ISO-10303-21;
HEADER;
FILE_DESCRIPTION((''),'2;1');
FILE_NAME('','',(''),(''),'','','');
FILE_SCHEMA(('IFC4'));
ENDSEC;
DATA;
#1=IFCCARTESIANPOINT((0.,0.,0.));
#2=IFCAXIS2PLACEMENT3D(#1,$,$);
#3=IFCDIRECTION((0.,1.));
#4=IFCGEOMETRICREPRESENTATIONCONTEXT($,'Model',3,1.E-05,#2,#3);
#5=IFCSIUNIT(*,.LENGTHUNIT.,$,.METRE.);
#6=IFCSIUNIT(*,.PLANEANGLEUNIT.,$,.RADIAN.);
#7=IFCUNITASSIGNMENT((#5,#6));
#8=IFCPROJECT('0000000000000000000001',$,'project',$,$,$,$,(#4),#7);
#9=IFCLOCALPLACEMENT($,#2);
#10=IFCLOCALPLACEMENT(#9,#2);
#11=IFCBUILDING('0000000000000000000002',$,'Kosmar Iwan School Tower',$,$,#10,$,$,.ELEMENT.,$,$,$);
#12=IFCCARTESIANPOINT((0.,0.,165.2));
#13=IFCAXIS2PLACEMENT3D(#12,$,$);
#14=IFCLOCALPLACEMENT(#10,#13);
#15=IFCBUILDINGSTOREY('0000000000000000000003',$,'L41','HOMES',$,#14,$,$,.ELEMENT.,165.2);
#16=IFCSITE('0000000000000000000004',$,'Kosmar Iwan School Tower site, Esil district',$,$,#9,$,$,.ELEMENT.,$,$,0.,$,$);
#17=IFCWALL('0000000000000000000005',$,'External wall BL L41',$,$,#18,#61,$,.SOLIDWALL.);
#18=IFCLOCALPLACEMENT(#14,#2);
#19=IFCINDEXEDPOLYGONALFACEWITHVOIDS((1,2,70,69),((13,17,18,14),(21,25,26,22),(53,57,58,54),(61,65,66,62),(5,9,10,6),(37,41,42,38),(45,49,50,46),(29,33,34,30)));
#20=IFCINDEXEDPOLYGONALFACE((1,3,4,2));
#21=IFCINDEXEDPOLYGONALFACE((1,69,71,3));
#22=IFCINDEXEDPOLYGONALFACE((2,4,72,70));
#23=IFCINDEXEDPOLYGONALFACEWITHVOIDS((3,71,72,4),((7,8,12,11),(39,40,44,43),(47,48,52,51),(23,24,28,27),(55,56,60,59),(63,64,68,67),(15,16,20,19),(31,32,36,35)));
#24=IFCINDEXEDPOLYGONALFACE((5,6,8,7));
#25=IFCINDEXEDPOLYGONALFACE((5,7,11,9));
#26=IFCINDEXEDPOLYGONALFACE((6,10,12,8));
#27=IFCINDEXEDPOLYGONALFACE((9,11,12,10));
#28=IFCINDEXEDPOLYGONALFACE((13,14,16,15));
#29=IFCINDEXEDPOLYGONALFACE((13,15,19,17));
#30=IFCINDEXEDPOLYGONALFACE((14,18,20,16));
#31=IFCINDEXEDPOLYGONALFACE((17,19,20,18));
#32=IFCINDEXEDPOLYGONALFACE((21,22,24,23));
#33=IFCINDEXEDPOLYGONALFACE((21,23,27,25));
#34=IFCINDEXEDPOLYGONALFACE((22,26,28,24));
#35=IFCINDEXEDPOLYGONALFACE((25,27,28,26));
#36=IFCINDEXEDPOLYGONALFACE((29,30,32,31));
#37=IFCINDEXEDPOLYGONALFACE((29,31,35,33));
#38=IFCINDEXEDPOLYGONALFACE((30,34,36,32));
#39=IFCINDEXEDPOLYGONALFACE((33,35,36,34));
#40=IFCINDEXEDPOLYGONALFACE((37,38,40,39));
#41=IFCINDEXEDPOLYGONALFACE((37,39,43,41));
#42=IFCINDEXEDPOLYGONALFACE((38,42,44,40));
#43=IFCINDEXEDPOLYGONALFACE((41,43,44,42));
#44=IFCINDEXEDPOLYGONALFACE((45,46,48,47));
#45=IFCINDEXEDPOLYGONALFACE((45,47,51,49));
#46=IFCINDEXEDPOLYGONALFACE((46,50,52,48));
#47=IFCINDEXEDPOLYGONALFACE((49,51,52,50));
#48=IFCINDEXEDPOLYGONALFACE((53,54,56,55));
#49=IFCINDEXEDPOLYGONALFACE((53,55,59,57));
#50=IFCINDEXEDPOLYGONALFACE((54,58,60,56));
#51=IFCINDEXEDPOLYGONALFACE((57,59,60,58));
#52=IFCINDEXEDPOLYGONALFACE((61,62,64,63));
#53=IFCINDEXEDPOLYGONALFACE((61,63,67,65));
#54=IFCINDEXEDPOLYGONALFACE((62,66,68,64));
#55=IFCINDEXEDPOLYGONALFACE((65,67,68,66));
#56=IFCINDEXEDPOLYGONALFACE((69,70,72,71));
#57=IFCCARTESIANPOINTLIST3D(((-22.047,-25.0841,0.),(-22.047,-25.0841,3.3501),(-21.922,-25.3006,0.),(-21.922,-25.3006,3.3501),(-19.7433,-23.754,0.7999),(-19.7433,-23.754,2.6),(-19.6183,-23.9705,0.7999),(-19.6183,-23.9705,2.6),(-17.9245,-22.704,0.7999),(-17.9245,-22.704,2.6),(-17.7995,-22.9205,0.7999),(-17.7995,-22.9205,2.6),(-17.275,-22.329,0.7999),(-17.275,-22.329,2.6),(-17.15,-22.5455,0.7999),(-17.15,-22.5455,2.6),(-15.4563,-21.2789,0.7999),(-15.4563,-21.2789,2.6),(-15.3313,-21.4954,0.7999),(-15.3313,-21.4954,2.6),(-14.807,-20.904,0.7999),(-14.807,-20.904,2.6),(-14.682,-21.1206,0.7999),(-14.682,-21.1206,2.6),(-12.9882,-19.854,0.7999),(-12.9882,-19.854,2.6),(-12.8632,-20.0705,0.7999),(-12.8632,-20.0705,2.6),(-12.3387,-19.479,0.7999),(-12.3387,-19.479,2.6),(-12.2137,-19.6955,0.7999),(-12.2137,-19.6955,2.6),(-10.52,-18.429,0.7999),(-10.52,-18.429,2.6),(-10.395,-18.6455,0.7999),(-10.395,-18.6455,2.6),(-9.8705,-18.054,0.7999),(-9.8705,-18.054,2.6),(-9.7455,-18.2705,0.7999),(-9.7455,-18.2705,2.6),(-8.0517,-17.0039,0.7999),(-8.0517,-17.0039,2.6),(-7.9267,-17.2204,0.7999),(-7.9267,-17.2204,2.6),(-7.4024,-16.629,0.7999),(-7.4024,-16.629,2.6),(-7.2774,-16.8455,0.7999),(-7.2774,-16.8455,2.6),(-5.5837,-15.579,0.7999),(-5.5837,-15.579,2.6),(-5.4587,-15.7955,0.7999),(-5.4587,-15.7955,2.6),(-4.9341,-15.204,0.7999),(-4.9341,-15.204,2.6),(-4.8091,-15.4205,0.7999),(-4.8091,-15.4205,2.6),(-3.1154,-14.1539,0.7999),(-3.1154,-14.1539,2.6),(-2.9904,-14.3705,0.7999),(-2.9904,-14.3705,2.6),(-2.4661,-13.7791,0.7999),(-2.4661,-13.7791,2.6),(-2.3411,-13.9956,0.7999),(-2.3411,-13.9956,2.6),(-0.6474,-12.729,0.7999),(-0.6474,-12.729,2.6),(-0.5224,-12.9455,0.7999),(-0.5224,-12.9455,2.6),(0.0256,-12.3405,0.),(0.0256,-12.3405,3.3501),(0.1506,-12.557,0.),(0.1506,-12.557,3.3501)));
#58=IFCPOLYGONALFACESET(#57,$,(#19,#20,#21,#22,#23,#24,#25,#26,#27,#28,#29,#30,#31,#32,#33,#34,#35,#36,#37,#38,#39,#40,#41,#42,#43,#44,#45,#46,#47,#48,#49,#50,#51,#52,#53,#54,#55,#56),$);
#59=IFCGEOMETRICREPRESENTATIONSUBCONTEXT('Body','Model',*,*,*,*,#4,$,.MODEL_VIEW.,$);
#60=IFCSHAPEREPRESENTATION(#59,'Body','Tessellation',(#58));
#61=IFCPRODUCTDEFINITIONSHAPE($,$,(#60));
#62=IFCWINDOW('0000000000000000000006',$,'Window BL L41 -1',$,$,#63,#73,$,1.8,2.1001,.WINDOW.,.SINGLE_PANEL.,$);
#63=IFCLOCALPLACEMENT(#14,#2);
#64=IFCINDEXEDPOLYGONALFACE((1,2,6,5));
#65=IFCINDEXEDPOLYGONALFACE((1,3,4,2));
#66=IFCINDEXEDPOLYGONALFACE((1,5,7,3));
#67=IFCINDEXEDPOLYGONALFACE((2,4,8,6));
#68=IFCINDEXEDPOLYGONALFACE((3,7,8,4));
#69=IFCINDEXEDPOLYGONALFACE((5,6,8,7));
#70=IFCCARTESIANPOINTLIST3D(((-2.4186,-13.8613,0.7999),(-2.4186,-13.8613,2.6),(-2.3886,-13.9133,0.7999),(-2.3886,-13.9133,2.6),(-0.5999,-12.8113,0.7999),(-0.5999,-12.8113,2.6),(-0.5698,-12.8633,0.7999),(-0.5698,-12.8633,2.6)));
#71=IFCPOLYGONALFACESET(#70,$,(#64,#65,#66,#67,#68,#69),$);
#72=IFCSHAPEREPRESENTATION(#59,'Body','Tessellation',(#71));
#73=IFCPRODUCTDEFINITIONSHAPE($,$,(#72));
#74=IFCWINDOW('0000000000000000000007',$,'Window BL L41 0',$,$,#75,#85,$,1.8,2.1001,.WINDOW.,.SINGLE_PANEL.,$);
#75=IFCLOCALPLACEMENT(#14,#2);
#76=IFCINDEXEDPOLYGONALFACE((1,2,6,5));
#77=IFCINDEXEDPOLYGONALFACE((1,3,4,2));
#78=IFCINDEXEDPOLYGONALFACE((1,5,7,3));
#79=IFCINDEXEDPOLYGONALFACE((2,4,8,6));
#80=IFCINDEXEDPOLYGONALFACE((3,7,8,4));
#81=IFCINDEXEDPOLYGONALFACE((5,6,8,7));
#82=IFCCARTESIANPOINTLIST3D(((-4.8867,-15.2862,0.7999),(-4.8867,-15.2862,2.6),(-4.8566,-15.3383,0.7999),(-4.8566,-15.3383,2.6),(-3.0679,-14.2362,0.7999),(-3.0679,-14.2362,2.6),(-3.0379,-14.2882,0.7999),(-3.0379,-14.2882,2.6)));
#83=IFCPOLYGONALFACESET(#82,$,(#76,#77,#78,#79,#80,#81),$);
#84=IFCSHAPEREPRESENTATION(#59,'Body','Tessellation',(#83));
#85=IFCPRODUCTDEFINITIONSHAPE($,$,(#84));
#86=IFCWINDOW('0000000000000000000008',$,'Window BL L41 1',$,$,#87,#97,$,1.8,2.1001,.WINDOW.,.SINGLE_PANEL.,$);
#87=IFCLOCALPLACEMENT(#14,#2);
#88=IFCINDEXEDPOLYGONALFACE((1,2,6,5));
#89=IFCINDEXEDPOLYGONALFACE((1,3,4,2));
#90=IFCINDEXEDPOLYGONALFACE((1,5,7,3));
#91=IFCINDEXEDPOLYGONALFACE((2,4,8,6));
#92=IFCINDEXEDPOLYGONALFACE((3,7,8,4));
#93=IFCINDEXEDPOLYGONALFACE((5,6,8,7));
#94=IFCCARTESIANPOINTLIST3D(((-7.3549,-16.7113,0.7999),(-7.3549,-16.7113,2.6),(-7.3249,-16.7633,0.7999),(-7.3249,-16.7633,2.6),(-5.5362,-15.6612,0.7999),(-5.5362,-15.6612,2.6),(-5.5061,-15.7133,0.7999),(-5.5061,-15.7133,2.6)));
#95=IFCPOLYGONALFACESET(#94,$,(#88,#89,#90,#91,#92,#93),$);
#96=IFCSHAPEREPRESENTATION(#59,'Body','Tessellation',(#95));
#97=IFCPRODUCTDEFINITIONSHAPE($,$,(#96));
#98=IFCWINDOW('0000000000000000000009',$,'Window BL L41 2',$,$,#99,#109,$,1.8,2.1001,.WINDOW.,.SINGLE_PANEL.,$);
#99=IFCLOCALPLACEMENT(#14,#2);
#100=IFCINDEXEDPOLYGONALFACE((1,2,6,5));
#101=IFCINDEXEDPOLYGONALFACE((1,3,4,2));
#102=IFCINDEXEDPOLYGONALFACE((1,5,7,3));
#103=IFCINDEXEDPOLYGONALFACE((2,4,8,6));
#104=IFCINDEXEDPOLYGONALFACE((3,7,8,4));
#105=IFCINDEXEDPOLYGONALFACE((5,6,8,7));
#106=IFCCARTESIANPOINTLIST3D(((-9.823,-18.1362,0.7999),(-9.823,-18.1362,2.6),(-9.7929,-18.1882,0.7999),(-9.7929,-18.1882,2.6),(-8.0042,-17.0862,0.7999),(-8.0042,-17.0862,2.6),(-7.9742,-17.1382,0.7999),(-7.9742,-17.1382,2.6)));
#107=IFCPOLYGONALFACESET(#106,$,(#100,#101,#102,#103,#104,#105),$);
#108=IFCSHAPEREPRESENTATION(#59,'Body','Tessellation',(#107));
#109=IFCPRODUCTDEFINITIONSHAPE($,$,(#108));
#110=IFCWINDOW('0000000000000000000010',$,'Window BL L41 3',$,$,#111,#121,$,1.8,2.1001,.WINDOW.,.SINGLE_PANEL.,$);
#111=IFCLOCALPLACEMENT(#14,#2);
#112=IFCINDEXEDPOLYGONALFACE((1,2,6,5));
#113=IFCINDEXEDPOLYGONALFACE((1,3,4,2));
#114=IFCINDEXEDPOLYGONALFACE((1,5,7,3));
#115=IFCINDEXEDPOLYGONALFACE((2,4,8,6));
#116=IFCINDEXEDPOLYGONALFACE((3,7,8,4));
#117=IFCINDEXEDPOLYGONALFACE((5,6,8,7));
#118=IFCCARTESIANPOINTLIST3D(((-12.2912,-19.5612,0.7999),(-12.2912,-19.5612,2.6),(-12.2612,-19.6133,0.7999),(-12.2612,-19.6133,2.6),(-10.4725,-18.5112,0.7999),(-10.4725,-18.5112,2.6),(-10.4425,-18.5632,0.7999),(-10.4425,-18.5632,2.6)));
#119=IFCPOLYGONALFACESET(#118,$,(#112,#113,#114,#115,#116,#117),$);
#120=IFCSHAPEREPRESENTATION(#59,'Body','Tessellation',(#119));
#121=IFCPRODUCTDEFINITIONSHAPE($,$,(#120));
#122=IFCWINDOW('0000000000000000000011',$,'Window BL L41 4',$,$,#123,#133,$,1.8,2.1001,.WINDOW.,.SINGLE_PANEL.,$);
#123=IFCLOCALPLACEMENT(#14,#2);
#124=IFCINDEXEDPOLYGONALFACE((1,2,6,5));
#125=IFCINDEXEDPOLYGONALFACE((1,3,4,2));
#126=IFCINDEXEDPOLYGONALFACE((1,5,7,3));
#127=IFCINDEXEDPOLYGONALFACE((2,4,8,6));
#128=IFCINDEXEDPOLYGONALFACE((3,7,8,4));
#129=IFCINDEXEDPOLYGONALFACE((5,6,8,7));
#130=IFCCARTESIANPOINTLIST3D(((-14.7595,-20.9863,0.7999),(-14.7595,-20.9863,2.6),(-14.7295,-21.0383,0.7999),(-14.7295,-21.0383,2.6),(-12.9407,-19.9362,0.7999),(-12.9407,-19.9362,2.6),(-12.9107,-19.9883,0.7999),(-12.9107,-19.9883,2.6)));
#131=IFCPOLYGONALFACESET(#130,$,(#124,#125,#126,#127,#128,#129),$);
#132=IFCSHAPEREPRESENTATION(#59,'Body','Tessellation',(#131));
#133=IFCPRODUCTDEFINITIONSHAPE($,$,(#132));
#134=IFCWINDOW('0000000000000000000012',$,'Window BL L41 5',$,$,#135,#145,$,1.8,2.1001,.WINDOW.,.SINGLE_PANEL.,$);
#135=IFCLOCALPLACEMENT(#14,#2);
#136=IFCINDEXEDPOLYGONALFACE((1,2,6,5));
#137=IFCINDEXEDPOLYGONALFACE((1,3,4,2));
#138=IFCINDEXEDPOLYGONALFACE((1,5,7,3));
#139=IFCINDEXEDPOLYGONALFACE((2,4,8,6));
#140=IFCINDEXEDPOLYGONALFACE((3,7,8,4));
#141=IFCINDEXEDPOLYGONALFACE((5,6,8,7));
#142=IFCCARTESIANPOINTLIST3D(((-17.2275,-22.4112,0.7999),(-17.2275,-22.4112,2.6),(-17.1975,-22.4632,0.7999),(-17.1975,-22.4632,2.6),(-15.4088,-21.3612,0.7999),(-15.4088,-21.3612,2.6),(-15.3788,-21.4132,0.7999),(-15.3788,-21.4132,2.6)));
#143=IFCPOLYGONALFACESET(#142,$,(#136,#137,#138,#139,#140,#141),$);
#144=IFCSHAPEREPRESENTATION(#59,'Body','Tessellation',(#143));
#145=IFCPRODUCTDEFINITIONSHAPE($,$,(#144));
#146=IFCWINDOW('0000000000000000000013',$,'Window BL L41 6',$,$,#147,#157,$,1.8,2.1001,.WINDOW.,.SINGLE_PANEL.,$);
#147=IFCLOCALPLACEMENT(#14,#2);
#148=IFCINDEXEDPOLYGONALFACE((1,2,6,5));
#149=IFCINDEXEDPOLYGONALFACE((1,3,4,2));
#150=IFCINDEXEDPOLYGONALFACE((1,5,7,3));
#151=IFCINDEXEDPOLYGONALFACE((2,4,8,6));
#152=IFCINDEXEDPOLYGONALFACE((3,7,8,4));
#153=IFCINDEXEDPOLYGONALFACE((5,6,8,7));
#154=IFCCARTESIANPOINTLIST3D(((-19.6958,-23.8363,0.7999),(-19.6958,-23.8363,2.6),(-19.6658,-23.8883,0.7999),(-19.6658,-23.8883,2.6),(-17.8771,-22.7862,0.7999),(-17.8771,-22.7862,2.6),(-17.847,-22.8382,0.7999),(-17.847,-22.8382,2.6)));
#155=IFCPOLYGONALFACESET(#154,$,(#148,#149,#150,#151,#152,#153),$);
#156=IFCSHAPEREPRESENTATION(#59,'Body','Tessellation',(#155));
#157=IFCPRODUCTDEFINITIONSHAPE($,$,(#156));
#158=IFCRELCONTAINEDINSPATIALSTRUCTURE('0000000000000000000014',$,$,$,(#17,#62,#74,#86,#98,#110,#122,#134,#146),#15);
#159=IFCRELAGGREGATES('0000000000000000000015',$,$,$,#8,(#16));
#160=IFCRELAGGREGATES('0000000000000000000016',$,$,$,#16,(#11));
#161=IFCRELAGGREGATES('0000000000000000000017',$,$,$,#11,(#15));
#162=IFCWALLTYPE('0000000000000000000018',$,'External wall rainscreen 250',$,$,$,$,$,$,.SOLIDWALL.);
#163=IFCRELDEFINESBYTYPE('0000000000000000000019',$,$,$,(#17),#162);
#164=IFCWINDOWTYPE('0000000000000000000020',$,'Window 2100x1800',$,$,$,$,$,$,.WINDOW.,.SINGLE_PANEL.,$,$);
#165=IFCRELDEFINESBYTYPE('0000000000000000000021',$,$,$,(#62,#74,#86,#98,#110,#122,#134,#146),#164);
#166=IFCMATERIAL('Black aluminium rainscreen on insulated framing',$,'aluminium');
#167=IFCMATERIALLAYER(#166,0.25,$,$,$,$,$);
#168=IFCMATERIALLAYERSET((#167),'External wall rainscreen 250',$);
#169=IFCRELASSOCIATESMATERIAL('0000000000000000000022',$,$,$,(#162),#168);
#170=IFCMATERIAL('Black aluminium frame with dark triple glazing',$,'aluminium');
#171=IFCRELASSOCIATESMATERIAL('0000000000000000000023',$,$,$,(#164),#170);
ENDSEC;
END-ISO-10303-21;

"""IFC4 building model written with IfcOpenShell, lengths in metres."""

from ifc_helpers import new_model, si_unit, direction, frame, frame_2d, origin, place, context, subcontext, project, spatial, rectangle, extrude, material, layer, layer_set, type_object, element, fill, save


model = new_model("IFC4")

# Units and contexts
model_context = context("Model", 3, precision=1e-05, world=origin(), true_north=direction((0.0, 1.0)))
body_context = subcontext(model_context, "Body", "Model", "MODEL_VIEW")
ifc_project = project(units=[si_unit("LENGTHUNIT", "METRE"), si_unit("PLANEANGLEUNIT", "RADIAN")], contexts=[model_context])

# Site, building, storey
site_placement = place(None, origin())
site = spatial("IfcSite", under=ifc_project, at=site_placement, Name="Kosmar Iwan School Tower site, Esil district", CompositionType="ELEMENT", RefElevation=0.0)
building_placement = place(site_placement, origin())
building = spatial("IfcBuilding", under=site, at=building_placement, Name="Kosmar Iwan School Tower", CompositionType="ELEMENT")
storey_placement = place(building_placement, frame((0.0, 0.0, 165.2)))
storey = spatial("IfcBuildingStorey", under=building, at=storey_placement, Name="L41", Description="HOMES", CompositionType="ELEMENT", Elevation=165.2)

# Wall, openings, windows
ifc_material_1 = material(Name="Black aluminium rainscreen on insulated framing", Category="aluminium")
ifc_layer = layer(ifc_material_1, 0.25)
ifc_layer_set = layer_set([ifc_layer], Name="External wall rainscreen 250")
wall_type = type_object("IfcWallType", Name="External wall rainscreen 250", PredefinedType="SOLIDWALL", material=ifc_layer_set)
wall_1_placement = place(storey_placement, frame((0.0881, -12.4487, 0.0), z_axis=(0.0, 0.0, 1.0), x_axis=(-0.866026, -0.499998, 0.0)))
wall_1 = element("IfcWall", 1, at=wall_1_placement, inside=storey, type_object=wall_type, Name="External wall BL L41", PredefinedType="SOLIDWALL", context=body_context, shape_type="SweptSolid", body=[
    extrude(rectangle(XDim=25.4873, YDim=0.25, at=frame_2d((12.7437, 0.0))), origin(), (0.0, 0.0, 1.0), 3.3501),
])
opening_1_placement = place(wall_1_placement, frame((0.7771, 0.0, 0.8)))
opening_1 = element("IfcOpeningElement", 2, at=opening_1_placement, cuts=wall_1, PredefinedType="OPENING", context=body_context, shape_type="SweptSolid", body=[
    extrude(rectangle(XDim=2.1001, YDim=1.8, at=frame_2d((1.05, 0.8999))), frame((0.0, 0.137, 0.0), z_axis=(0.0, -1.0, 0.0), x_axis=(1.0, 0.0, 0.0)), (0.0, 0.0, 1.0), 0.2739),
])
opening_2_placement = place(wall_1_placement, frame((3.627, 0.0, 0.8)))
opening_2 = element("IfcOpeningElement", 3, at=opening_2_placement, cuts=wall_1, PredefinedType="OPENING", context=body_context, shape_type="SweptSolid", body=[
    extrude(rectangle(XDim=2.1001, YDim=1.8, at=frame_2d((1.05, 0.8999))), frame((0.0, 0.137, 0.0), z_axis=(0.0, -1.0, 0.0), x_axis=(1.0, 0.0, 0.0)), (0.0, 0.0, 1.0), 0.2739),
])
opening_3_placement = place(wall_1_placement, frame((6.4771, 0.0, 0.8)))
opening_3 = element("IfcOpeningElement", 4, at=opening_3_placement, cuts=wall_1, PredefinedType="OPENING", context=body_context, shape_type="SweptSolid", body=[
    extrude(rectangle(XDim=2.1001, YDim=1.8, at=frame_2d((1.05, 0.8999))), frame((0.0, 0.137, 0.0), z_axis=(0.0, -1.0, 0.0), x_axis=(1.0, 0.0, 0.0)), (0.0, 0.0, 1.0), 0.2739),
])
opening_4_placement = place(wall_1_placement, frame((9.3269, 0.0, 0.8)))
opening_4 = element("IfcOpeningElement", 5, at=opening_4_placement, cuts=wall_1, PredefinedType="OPENING", context=body_context, shape_type="SweptSolid", body=[
    extrude(rectangle(XDim=2.1001, YDim=1.8, at=frame_2d((1.05, 0.8999))), frame((0.0, 0.137, 0.0), z_axis=(0.0, -1.0, 0.0), x_axis=(1.0, 0.0, 0.0)), (0.0, 0.0, 1.0), 0.2739),
])
opening_5_placement = place(wall_1_placement, frame((12.177, 0.0, 0.8)))
opening_5 = element("IfcOpeningElement", 6, at=opening_5_placement, cuts=wall_1, PredefinedType="OPENING", context=body_context, shape_type="SweptSolid", body=[
    extrude(rectangle(XDim=2.1001, YDim=1.8, at=frame_2d((1.05, 0.8999))), frame((0.0, 0.137, 0.0), z_axis=(0.0, -1.0, 0.0), x_axis=(1.0, 0.0, 0.0)), (0.0, 0.0, 1.0), 0.2739),
])
opening_6_placement = place(wall_1_placement, frame((15.0271, 0.0, 0.8)))
opening_6 = element("IfcOpeningElement", 7, at=opening_6_placement, cuts=wall_1, PredefinedType="OPENING", context=body_context, shape_type="SweptSolid", body=[
    extrude(rectangle(XDim=2.1001, YDim=1.8, at=frame_2d((1.05, 0.8999))), frame((0.0, 0.137, 0.0), z_axis=(0.0, -1.0, 0.0), x_axis=(1.0, 0.0, 0.0)), (0.0, 0.0, 1.0), 0.2739),
])
opening_7_placement = place(wall_1_placement, frame((17.877, 0.0, 0.8)))
opening_7 = element("IfcOpeningElement", 8, at=opening_7_placement, cuts=wall_1, PredefinedType="OPENING", context=body_context, shape_type="SweptSolid", body=[
    extrude(rectangle(XDim=2.1001, YDim=1.8, at=frame_2d((1.05, 0.8999))), frame((0.0, 0.137, 0.0), z_axis=(0.0, -1.0, 0.0), x_axis=(1.0, 0.0, 0.0)), (0.0, 0.0, 1.0), 0.2739),
])
opening_8_placement = place(wall_1_placement, frame((20.7271, 0.0, 0.8)))
opening_8 = element("IfcOpeningElement", 9, at=opening_8_placement, cuts=wall_1, PredefinedType="OPENING", context=body_context, shape_type="SweptSolid", body=[
    extrude(rectangle(XDim=2.1001, YDim=1.8, at=frame_2d((1.05, 0.8999))), frame((0.0, 0.137, 0.0), z_axis=(0.0, -1.0, 0.0), x_axis=(1.0, 0.0, 0.0)), (0.0, 0.0, 1.0), 0.2739),
])
ifc_material_2 = material(Name="Black aluminium frame with dark triple glazing", Category="aluminium")
window_type = type_object("IfcWindowType", Name="Window 2100x1800", PartitioningType="SINGLE_PANEL", PredefinedType="WINDOW", material=ifc_material_2)
window_1_placement = place(opening_1_placement, origin())
window_1 = element("IfcWindow", 10, at=window_1_placement, inside=storey, type_object=window_type, Name="Window BL L41 -1", OverallHeight=1.8, OverallWidth=2.1001, PartitioningType="SINGLE_PANEL", PredefinedType="WINDOW", context=body_context, shape_type="SweptSolid", body=[
    extrude(rectangle(XDim=2.1001, YDim=1.8, at=frame_2d((1.05, 0.8999))), frame((0.0, 0.03, 0.0), z_axis=(0.0, -1.0, 0.0), x_axis=(1.0, 0.0, 0.0)), (0.0, 0.0, 1.0), 0.0601),
])
fill(opening_1, window_1)
window_2_placement = place(opening_2_placement, origin())
window_2 = element("IfcWindow", 11, at=window_2_placement, inside=storey, type_object=window_type, Name="Window BL L41 0", OverallHeight=1.8, OverallWidth=2.1001, PartitioningType="SINGLE_PANEL", PredefinedType="WINDOW", context=body_context, shape_type="SweptSolid", body=[
    extrude(rectangle(XDim=2.1001, YDim=1.8, at=frame_2d((1.05, 0.8999))), frame((0.0, 0.03, 0.0), z_axis=(0.0, -1.0, 0.0), x_axis=(1.0, 0.0, 0.0)), (0.0, 0.0, 1.0), 0.0601),
])
fill(opening_2, window_2)
window_3_placement = place(opening_3_placement, origin())
window_3 = element("IfcWindow", 12, at=window_3_placement, inside=storey, type_object=window_type, Name="Window BL L41 1", OverallHeight=1.8, OverallWidth=2.1001, PartitioningType="SINGLE_PANEL", PredefinedType="WINDOW", context=body_context, shape_type="SweptSolid", body=[
    extrude(rectangle(XDim=2.1001, YDim=1.8, at=frame_2d((1.05, 0.8999))), frame((0.0, 0.03, 0.0), z_axis=(0.0, -1.0, 0.0), x_axis=(1.0, 0.0, 0.0)), (0.0, 0.0, 1.0), 0.0601),
])
fill(opening_3, window_3)
window_4_placement = place(opening_4_placement, origin())
window_4 = element("IfcWindow", 13, at=window_4_placement, inside=storey, type_object=window_type, Name="Window BL L41 2", OverallHeight=1.8, OverallWidth=2.1001, PartitioningType="SINGLE_PANEL", PredefinedType="WINDOW", context=body_context, shape_type="SweptSolid", body=[
    extrude(rectangle(XDim=2.1001, YDim=1.8, at=frame_2d((1.05, 0.8999))), frame((0.0, 0.03, 0.0), z_axis=(0.0, -1.0, 0.0), x_axis=(1.0, 0.0, 0.0)), (0.0, 0.0, 1.0), 0.0601),
])
fill(opening_4, window_4)
window_5_placement = place(opening_5_placement, origin())
window_5 = element("IfcWindow", 14, at=window_5_placement, inside=storey, type_object=window_type, Name="Window BL L41 3", OverallHeight=1.8, OverallWidth=2.1001, PartitioningType="SINGLE_PANEL", PredefinedType="WINDOW", context=body_context, shape_type="SweptSolid", body=[
    extrude(rectangle(XDim=2.1001, YDim=1.8, at=frame_2d((1.05, 0.8999))), frame((0.0, 0.03, 0.0), z_axis=(0.0, -1.0, 0.0), x_axis=(1.0, 0.0, 0.0)), (0.0, 0.0, 1.0), 0.0601),
])
fill(opening_5, window_5)
window_6_placement = place(opening_6_placement, origin())
window_6 = element("IfcWindow", 15, at=window_6_placement, inside=storey, type_object=window_type, Name="Window BL L41 4", OverallHeight=1.8, OverallWidth=2.1001, PartitioningType="SINGLE_PANEL", PredefinedType="WINDOW", context=body_context, shape_type="SweptSolid", body=[
    extrude(rectangle(XDim=2.1001, YDim=1.8, at=frame_2d((1.05, 0.8999))), frame((0.0, 0.03, 0.0), z_axis=(0.0, -1.0, 0.0), x_axis=(1.0, 0.0, 0.0)), (0.0, 0.0, 1.0), 0.0601),
])
fill(opening_6, window_6)
window_7_placement = place(opening_7_placement, origin())
window_7 = element("IfcWindow", 16, at=window_7_placement, inside=storey, type_object=window_type, Name="Window BL L41 5", OverallHeight=1.8, OverallWidth=2.1001, PartitioningType="SINGLE_PANEL", PredefinedType="WINDOW", context=body_context, shape_type="SweptSolid", body=[
    extrude(rectangle(XDim=2.1001, YDim=1.8, at=frame_2d((1.05, 0.8999))), frame((0.0, 0.03, 0.0), z_axis=(0.0, -1.0, 0.0), x_axis=(1.0, 0.0, 0.0)), (0.0, 0.0, 1.0), 0.0601),
])
fill(opening_7, window_7)
window_8_placement = place(opening_8_placement, origin())
window_8 = element("IfcWindow", 17, at=window_8_placement, inside=storey, type_object=window_type, Name="Window BL L41 6", OverallHeight=1.8, OverallWidth=2.1001, PartitioningType="SINGLE_PANEL", PredefinedType="WINDOW", context=body_context, shape_type="SweptSolid", body=[
    extrude(rectangle(XDim=2.1001, YDim=1.8, at=frame_2d((1.05, 0.8999))), frame((0.0, 0.03, 0.0), z_axis=(0.0, -1.0, 0.0), x_axis=(1.0, 0.0, 0.0)), (0.0, 0.0, 1.0), 0.0601),
])
fill(opening_8, window_8)

save(model, "model.ifc")
